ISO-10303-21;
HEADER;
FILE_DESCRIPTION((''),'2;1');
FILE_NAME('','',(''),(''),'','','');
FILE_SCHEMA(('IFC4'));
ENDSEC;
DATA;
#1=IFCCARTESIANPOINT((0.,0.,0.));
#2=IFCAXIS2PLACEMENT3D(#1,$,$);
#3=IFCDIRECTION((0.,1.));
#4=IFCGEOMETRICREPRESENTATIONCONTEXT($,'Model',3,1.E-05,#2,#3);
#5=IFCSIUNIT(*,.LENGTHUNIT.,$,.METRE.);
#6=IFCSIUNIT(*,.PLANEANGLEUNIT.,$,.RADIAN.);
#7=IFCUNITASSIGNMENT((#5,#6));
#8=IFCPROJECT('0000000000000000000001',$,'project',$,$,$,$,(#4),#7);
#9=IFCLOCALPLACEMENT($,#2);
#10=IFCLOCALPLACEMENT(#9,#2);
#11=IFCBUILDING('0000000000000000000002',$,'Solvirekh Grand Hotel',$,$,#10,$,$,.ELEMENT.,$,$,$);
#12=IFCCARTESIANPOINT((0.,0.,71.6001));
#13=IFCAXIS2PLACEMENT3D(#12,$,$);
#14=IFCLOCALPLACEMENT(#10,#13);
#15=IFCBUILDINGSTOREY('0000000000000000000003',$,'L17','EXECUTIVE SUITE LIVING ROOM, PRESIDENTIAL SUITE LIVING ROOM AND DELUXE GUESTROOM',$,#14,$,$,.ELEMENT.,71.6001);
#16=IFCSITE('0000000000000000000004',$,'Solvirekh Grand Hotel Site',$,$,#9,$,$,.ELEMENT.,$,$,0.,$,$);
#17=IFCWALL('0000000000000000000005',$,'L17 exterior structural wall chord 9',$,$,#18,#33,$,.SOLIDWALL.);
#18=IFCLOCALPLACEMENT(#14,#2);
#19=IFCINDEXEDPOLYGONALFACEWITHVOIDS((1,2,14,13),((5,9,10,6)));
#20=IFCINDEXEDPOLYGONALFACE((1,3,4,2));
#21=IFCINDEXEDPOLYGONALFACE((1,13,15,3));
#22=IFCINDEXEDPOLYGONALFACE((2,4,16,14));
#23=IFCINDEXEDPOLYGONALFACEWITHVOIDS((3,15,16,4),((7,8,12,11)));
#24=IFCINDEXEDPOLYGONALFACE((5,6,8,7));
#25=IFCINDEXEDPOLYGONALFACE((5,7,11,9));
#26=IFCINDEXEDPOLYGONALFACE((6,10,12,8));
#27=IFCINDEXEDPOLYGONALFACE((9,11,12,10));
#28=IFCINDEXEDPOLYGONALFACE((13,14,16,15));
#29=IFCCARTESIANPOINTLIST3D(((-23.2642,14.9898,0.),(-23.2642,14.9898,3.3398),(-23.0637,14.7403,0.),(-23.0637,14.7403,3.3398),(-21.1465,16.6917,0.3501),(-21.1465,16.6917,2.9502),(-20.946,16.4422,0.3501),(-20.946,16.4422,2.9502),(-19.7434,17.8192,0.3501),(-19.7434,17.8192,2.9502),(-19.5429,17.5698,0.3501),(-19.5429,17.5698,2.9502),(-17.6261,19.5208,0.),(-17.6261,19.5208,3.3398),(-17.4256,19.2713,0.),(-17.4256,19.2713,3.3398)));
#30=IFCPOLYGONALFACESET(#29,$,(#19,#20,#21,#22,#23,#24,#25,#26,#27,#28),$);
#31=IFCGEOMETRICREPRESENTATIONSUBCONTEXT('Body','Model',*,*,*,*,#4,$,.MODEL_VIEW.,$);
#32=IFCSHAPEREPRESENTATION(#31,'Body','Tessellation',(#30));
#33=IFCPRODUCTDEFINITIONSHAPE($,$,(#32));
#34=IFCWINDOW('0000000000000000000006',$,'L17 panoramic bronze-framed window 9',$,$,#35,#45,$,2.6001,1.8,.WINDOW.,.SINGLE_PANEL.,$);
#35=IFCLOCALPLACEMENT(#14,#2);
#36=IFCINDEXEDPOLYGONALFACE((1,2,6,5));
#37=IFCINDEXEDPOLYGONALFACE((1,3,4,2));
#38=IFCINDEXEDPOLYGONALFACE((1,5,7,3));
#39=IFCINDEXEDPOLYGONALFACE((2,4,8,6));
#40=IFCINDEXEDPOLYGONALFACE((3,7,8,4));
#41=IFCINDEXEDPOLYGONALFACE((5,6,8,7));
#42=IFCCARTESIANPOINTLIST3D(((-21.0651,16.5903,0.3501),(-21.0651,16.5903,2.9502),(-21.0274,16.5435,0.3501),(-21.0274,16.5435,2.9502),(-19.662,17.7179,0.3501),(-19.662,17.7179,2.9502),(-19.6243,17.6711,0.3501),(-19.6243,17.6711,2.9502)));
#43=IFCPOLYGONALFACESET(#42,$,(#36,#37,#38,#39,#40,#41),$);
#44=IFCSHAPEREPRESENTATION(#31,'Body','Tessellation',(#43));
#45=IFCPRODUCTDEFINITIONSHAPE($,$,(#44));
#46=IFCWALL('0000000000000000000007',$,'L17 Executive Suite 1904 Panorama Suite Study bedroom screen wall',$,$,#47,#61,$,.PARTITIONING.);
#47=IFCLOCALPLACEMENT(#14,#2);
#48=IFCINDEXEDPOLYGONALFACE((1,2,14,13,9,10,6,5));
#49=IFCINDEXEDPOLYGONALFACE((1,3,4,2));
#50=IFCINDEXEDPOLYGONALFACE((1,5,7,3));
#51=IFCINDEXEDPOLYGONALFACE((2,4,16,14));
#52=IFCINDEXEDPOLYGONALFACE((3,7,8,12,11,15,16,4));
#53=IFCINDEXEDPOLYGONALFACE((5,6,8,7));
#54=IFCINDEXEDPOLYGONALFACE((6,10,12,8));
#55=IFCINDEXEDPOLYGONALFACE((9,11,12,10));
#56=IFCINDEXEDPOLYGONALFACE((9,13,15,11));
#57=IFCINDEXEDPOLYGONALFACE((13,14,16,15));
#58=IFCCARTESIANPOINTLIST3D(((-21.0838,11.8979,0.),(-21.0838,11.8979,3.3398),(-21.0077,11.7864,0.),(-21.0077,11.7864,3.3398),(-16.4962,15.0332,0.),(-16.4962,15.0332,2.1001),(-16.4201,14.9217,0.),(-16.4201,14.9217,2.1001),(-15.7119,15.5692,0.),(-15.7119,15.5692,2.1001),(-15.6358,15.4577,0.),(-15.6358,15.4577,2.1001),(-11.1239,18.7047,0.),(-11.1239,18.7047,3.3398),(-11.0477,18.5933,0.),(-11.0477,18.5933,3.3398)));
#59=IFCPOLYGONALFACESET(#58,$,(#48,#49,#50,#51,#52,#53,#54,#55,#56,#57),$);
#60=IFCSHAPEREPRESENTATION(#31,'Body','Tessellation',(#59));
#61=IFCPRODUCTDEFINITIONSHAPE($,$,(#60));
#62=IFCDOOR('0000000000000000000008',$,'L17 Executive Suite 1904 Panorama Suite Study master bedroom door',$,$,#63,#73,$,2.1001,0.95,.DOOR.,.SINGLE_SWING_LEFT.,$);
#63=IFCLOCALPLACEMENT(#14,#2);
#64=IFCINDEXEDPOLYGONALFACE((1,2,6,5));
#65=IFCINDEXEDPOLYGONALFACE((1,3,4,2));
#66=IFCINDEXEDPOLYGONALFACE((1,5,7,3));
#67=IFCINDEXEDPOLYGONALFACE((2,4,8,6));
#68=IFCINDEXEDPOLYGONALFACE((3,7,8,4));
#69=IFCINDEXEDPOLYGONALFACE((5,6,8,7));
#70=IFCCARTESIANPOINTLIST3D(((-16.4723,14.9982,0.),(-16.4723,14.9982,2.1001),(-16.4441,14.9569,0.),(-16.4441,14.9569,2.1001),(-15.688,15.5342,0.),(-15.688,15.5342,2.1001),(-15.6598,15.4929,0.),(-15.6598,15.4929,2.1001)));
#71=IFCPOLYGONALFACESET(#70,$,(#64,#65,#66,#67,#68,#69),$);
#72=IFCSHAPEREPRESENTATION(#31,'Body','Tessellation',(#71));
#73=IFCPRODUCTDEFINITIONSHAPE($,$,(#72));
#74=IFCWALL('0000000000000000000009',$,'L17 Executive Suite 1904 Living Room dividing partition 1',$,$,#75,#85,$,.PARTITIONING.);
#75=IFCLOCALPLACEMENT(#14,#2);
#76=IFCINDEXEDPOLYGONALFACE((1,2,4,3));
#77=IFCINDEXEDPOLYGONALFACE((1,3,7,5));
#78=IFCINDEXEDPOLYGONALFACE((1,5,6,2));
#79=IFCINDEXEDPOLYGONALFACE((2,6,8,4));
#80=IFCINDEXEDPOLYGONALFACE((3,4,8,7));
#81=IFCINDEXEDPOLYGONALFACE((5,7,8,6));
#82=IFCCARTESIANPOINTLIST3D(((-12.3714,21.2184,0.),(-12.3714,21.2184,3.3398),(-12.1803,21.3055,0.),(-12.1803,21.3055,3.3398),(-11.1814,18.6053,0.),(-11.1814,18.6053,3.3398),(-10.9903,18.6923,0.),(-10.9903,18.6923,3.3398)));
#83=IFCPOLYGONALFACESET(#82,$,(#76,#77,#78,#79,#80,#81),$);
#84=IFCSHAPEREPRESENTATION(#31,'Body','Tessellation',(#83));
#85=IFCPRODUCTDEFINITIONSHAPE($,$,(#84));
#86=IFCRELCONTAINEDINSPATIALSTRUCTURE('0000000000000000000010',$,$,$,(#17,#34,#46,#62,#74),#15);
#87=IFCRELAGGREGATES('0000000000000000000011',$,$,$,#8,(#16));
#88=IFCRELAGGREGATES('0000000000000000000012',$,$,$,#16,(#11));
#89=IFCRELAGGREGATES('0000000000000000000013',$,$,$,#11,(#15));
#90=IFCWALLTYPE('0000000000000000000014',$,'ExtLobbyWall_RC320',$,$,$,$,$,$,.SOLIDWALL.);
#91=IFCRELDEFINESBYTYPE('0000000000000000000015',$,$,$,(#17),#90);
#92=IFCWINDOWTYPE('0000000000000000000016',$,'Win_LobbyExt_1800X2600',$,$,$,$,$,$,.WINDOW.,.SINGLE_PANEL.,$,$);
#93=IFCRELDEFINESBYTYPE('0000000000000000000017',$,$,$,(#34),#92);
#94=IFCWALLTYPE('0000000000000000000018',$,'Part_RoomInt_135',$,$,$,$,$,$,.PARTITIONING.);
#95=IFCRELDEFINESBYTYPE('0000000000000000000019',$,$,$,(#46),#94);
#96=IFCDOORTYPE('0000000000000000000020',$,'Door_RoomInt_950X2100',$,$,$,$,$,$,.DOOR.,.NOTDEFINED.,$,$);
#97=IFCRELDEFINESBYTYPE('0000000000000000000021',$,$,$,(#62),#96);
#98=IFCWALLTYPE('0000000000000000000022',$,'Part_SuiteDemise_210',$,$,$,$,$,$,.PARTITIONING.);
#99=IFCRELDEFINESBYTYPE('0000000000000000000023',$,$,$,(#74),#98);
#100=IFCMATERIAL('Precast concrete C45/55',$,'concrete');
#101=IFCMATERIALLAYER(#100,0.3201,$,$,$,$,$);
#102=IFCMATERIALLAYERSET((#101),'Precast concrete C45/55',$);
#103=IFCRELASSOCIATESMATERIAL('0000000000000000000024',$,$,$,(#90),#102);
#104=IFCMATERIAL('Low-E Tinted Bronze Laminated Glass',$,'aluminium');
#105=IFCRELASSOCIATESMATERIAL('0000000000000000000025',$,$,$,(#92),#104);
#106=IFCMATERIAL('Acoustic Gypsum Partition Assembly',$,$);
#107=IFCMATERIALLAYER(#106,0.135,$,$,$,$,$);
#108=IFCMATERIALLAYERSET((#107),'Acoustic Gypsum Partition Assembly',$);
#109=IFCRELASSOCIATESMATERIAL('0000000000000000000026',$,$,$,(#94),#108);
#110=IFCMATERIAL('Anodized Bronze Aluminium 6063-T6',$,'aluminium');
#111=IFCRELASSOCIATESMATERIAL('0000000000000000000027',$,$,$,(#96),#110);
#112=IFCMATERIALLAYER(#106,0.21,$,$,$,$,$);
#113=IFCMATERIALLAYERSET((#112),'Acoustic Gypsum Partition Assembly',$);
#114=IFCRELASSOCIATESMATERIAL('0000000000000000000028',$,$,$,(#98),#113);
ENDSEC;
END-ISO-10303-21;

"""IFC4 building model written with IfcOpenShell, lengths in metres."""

from ifc_helpers import new_model, si_unit, direction, frame, frame_2d, origin, place, context, subcontext, project, spatial, rectangle, extrude, material, layer, layer_set, type_object, element, fill, save


model = new_model("IFC4")

# Units and contexts
model_context = context("Model", 3, precision=1e-05, world=origin(), true_north=direction((0.0, 1.0)))
body_context = subcontext(model_context, "Body", "Model", "MODEL_VIEW")
ifc_project = project(units=[si_unit("LENGTHUNIT", "METRE"), si_unit("PLANEANGLEUNIT", "RADIAN")], contexts=[model_context])

# Site, building, storey
site_placement = place(None, origin())
site = spatial("IfcSite", under=ifc_project, at=site_placement, Name="Solvirekh Grand Hotel Site", CompositionType="ELEMENT", RefElevation=0.0)
building_placement = place(site_placement, origin())
building = spatial("IfcBuilding", under=site, at=building_placement, Name="Solvirekh Grand Hotel", CompositionType="ELEMENT")
storey_placement = place(building_placement, frame((0.0, 0.0, 71.6001)))
storey = spatial("IfcBuildingStorey", under=building, at=storey_placement, Name="L17", Description="EXECUTIVE SUITE LIVING ROOM, PRESIDENTIAL SUITE LIVING ROOM AND DELUXE GUESTROOM", CompositionType="ELEMENT", Elevation=71.6001)

# Shared definitions
ifc_material_1 = material(Name="Anodized Bronze Aluminium 6063-T6", Category="aluminium")
ifc_material_2 = material(Name="Low-E Tinted Bronze Laminated Glass", Category="aluminium")

# Wall, opening, window
ifc_material_3 = material(Name="Precast concrete C45/55", Category="concrete")
ifc_layer_1 = layer(ifc_material_3, 0.3201)
ifc_layer_set_1 = layer_set([ifc_layer_1], Name="Precast concrete C45/55")
wall_type_1 = type_object("IfcWallType", Name="ExtLobbyWall_RC320", PredefinedType="SOLIDWALL", material=ifc_layer_set_1)
window_type = type_object("IfcWindowType", Name="Win_LobbyExt_1800X2600", PartitioningType="SINGLE_PANEL", PredefinedType="WINDOW", material=ifc_material_2)
wall_1_placement = place(storey_placement, frame((-23.1641, 14.865, 0.0), z_axis=(0.0, 0.0, 1.0), x_axis=(0.779487, 0.626418, 0.0)))
wall_1 = element("IfcWall", 1, at=wall_1_placement, inside=storey, type_object=wall_type_1, Name="L17 exterior structural wall chord 9", PredefinedType="SOLIDWALL", context=body_context, shape_type="SweptSolid", body=[
    extrude(rectangle(XDim=7.2332, YDim=0.3201, at=frame_2d((3.6167, 0.0))), origin(), (0.0, 0.0, 1.0), 3.3398),
])
opening_1_placement = place(wall_1_placement, frame((2.717, 0.0, 0.3501)))
opening_1 = element("IfcOpeningElement", 2, at=opening_1_placement, cuts=wall_1, PredefinedType="OPENING", context=body_context, shape_type="SweptSolid", body=[
    extrude(rectangle(XDim=1.8, YDim=2.6001, at=frame_2d((0.8999, 1.3))), frame((0.0, 0.1699, 0.0), z_axis=(0.0, -1.0, 0.0), x_axis=(1.0, 0.0, 0.0)), (0.0, 0.0, 1.0), 0.3401),
])
window_1_placement = place(opening_1_placement, origin())
window_1 = element("IfcWindow", 3, at=window_1_placement, inside=storey, type_object=window_type, Name="L17 panoramic bronze-framed window 9", OverallHeight=2.6001, OverallWidth=1.8, PartitioningType="SINGLE_PANEL", PredefinedType="WINDOW", context=body_context, shape_type="SweptSolid", body=[
    extrude(rectangle(XDim=1.8, YDim=2.6001, at=frame_2d((0.8999, 1.3))), frame((0.0, 0.03, 0.0), z_axis=(0.0, -1.0, 0.0), x_axis=(1.0, 0.0, 0.0)), (0.0, 0.0, 1.0), 0.0601),
])
fill(opening_1, window_1)

# Wall, opening, door
ifc_material_4 = material(Name="Acoustic Gypsum Partition Assembly")
ifc_layer_2 = layer(ifc_material_4, 0.135)
ifc_layer_set_2 = layer_set([ifc_layer_2], Name="Acoustic Gypsum Partition Assembly")
wall_type_2 = type_object("IfcWallType", Name="Part_RoomInt_135", PredefinedType="PARTITIONING", material=ifc_layer_set_2)
wall_2_placement = place(storey_placement, frame((-11.0859, 18.6489, 0.0), z_axis=(0.0, 0.0, 1.0), x_axis=(-0.825609, -0.564242, 0.0)))
wall_2 = element("IfcWall", 4, at=wall_2_placement, inside=storey, type_object=wall_type_2, Name="L17 Executive Suite 1904 Panorama Suite Study bedroom screen wall", PredefinedType="PARTITIONING", context=body_context, shape_type="SweptSolid", body=[
    extrude(rectangle(XDim=12.0637, YDim=0.135, at=frame_2d((6.0317, 0.0))), origin(), (0.0, 0.0, 1.0), 3.3398),
])
opening_2_placement = place(wall_2_placement, frame((5.5569, 0.0, 0.0)))
opening_2 = element("IfcOpeningElement", 5, at=opening_2_placement, cuts=wall_2, PredefinedType="OPENING", context=body_context, shape_type="SweptSolid", body=[
    extrude(rectangle(XDim=0.95, YDim=2.1001, at=frame_2d((0.4751, 1.05))), frame((0.0, 0.0776, 0.0), z_axis=(0.0, -1.0, 0.0), x_axis=(1.0, 0.0, 0.0)), (0.0, 0.0, 1.0), 0.155),
])
door_type = type_object("IfcDoorType", Name="Door_RoomInt_950X2100", OperationType="NOTDEFINED", PredefinedType="DOOR", material=ifc_material_1)
door_placement = place(opening_2_placement, origin())
door = element("IfcDoor", 6, at=door_placement, inside=storey, type_object=door_type, Name="L17 Executive Suite 1904 Panorama Suite Study master bedroom door", OperationType="SINGLE_SWING_LEFT", OverallHeight=2.1001, OverallWidth=0.95, PredefinedType="DOOR", context=body_context, shape_type="SweptSolid", body=[
    extrude(rectangle(XDim=0.95, YDim=2.1001, at=frame_2d((0.4751, 1.05))), frame((0.0, 0.0249, 0.0), z_axis=(0.0, -1.0, 0.0), x_axis=(1.0, 0.0, 0.0)), (0.0, 0.0, 1.0), 0.05),
])
fill(opening_2, door)

# Wall
ifc_layer_3 = layer(ifc_material_4, 0.21)
ifc_layer_set_3 = layer_set([ifc_layer_3], Name="Acoustic Gypsum Partition Assembly")
wall_type_3 = type_object("IfcWallType", Name="Part_SuiteDemise_210", PredefinedType="PARTITIONING", material=ifc_layer_set_3)
wall_3_placement = place(storey_placement, frame((-11.0859, 18.6489, 0.0), z_axis=(0.0, 0.0, 1.0), x_axis=(-0.414437, 0.910078, 0.0)))
element("IfcWall", 7, at=wall_3_placement, inside=storey, type_object=wall_type_3, Name="L17 Executive Suite 1904 Living Room dividing partition 1", PredefinedType="PARTITIONING", context=body_context, shape_type="SweptSolid", body=[
    extrude(rectangle(XDim=2.8713, YDim=0.21, at=frame_2d((1.4355, 0.0))), origin(), (0.0, 0.0, 1.0), 3.3398),
])

save(model, "model.ifc")
